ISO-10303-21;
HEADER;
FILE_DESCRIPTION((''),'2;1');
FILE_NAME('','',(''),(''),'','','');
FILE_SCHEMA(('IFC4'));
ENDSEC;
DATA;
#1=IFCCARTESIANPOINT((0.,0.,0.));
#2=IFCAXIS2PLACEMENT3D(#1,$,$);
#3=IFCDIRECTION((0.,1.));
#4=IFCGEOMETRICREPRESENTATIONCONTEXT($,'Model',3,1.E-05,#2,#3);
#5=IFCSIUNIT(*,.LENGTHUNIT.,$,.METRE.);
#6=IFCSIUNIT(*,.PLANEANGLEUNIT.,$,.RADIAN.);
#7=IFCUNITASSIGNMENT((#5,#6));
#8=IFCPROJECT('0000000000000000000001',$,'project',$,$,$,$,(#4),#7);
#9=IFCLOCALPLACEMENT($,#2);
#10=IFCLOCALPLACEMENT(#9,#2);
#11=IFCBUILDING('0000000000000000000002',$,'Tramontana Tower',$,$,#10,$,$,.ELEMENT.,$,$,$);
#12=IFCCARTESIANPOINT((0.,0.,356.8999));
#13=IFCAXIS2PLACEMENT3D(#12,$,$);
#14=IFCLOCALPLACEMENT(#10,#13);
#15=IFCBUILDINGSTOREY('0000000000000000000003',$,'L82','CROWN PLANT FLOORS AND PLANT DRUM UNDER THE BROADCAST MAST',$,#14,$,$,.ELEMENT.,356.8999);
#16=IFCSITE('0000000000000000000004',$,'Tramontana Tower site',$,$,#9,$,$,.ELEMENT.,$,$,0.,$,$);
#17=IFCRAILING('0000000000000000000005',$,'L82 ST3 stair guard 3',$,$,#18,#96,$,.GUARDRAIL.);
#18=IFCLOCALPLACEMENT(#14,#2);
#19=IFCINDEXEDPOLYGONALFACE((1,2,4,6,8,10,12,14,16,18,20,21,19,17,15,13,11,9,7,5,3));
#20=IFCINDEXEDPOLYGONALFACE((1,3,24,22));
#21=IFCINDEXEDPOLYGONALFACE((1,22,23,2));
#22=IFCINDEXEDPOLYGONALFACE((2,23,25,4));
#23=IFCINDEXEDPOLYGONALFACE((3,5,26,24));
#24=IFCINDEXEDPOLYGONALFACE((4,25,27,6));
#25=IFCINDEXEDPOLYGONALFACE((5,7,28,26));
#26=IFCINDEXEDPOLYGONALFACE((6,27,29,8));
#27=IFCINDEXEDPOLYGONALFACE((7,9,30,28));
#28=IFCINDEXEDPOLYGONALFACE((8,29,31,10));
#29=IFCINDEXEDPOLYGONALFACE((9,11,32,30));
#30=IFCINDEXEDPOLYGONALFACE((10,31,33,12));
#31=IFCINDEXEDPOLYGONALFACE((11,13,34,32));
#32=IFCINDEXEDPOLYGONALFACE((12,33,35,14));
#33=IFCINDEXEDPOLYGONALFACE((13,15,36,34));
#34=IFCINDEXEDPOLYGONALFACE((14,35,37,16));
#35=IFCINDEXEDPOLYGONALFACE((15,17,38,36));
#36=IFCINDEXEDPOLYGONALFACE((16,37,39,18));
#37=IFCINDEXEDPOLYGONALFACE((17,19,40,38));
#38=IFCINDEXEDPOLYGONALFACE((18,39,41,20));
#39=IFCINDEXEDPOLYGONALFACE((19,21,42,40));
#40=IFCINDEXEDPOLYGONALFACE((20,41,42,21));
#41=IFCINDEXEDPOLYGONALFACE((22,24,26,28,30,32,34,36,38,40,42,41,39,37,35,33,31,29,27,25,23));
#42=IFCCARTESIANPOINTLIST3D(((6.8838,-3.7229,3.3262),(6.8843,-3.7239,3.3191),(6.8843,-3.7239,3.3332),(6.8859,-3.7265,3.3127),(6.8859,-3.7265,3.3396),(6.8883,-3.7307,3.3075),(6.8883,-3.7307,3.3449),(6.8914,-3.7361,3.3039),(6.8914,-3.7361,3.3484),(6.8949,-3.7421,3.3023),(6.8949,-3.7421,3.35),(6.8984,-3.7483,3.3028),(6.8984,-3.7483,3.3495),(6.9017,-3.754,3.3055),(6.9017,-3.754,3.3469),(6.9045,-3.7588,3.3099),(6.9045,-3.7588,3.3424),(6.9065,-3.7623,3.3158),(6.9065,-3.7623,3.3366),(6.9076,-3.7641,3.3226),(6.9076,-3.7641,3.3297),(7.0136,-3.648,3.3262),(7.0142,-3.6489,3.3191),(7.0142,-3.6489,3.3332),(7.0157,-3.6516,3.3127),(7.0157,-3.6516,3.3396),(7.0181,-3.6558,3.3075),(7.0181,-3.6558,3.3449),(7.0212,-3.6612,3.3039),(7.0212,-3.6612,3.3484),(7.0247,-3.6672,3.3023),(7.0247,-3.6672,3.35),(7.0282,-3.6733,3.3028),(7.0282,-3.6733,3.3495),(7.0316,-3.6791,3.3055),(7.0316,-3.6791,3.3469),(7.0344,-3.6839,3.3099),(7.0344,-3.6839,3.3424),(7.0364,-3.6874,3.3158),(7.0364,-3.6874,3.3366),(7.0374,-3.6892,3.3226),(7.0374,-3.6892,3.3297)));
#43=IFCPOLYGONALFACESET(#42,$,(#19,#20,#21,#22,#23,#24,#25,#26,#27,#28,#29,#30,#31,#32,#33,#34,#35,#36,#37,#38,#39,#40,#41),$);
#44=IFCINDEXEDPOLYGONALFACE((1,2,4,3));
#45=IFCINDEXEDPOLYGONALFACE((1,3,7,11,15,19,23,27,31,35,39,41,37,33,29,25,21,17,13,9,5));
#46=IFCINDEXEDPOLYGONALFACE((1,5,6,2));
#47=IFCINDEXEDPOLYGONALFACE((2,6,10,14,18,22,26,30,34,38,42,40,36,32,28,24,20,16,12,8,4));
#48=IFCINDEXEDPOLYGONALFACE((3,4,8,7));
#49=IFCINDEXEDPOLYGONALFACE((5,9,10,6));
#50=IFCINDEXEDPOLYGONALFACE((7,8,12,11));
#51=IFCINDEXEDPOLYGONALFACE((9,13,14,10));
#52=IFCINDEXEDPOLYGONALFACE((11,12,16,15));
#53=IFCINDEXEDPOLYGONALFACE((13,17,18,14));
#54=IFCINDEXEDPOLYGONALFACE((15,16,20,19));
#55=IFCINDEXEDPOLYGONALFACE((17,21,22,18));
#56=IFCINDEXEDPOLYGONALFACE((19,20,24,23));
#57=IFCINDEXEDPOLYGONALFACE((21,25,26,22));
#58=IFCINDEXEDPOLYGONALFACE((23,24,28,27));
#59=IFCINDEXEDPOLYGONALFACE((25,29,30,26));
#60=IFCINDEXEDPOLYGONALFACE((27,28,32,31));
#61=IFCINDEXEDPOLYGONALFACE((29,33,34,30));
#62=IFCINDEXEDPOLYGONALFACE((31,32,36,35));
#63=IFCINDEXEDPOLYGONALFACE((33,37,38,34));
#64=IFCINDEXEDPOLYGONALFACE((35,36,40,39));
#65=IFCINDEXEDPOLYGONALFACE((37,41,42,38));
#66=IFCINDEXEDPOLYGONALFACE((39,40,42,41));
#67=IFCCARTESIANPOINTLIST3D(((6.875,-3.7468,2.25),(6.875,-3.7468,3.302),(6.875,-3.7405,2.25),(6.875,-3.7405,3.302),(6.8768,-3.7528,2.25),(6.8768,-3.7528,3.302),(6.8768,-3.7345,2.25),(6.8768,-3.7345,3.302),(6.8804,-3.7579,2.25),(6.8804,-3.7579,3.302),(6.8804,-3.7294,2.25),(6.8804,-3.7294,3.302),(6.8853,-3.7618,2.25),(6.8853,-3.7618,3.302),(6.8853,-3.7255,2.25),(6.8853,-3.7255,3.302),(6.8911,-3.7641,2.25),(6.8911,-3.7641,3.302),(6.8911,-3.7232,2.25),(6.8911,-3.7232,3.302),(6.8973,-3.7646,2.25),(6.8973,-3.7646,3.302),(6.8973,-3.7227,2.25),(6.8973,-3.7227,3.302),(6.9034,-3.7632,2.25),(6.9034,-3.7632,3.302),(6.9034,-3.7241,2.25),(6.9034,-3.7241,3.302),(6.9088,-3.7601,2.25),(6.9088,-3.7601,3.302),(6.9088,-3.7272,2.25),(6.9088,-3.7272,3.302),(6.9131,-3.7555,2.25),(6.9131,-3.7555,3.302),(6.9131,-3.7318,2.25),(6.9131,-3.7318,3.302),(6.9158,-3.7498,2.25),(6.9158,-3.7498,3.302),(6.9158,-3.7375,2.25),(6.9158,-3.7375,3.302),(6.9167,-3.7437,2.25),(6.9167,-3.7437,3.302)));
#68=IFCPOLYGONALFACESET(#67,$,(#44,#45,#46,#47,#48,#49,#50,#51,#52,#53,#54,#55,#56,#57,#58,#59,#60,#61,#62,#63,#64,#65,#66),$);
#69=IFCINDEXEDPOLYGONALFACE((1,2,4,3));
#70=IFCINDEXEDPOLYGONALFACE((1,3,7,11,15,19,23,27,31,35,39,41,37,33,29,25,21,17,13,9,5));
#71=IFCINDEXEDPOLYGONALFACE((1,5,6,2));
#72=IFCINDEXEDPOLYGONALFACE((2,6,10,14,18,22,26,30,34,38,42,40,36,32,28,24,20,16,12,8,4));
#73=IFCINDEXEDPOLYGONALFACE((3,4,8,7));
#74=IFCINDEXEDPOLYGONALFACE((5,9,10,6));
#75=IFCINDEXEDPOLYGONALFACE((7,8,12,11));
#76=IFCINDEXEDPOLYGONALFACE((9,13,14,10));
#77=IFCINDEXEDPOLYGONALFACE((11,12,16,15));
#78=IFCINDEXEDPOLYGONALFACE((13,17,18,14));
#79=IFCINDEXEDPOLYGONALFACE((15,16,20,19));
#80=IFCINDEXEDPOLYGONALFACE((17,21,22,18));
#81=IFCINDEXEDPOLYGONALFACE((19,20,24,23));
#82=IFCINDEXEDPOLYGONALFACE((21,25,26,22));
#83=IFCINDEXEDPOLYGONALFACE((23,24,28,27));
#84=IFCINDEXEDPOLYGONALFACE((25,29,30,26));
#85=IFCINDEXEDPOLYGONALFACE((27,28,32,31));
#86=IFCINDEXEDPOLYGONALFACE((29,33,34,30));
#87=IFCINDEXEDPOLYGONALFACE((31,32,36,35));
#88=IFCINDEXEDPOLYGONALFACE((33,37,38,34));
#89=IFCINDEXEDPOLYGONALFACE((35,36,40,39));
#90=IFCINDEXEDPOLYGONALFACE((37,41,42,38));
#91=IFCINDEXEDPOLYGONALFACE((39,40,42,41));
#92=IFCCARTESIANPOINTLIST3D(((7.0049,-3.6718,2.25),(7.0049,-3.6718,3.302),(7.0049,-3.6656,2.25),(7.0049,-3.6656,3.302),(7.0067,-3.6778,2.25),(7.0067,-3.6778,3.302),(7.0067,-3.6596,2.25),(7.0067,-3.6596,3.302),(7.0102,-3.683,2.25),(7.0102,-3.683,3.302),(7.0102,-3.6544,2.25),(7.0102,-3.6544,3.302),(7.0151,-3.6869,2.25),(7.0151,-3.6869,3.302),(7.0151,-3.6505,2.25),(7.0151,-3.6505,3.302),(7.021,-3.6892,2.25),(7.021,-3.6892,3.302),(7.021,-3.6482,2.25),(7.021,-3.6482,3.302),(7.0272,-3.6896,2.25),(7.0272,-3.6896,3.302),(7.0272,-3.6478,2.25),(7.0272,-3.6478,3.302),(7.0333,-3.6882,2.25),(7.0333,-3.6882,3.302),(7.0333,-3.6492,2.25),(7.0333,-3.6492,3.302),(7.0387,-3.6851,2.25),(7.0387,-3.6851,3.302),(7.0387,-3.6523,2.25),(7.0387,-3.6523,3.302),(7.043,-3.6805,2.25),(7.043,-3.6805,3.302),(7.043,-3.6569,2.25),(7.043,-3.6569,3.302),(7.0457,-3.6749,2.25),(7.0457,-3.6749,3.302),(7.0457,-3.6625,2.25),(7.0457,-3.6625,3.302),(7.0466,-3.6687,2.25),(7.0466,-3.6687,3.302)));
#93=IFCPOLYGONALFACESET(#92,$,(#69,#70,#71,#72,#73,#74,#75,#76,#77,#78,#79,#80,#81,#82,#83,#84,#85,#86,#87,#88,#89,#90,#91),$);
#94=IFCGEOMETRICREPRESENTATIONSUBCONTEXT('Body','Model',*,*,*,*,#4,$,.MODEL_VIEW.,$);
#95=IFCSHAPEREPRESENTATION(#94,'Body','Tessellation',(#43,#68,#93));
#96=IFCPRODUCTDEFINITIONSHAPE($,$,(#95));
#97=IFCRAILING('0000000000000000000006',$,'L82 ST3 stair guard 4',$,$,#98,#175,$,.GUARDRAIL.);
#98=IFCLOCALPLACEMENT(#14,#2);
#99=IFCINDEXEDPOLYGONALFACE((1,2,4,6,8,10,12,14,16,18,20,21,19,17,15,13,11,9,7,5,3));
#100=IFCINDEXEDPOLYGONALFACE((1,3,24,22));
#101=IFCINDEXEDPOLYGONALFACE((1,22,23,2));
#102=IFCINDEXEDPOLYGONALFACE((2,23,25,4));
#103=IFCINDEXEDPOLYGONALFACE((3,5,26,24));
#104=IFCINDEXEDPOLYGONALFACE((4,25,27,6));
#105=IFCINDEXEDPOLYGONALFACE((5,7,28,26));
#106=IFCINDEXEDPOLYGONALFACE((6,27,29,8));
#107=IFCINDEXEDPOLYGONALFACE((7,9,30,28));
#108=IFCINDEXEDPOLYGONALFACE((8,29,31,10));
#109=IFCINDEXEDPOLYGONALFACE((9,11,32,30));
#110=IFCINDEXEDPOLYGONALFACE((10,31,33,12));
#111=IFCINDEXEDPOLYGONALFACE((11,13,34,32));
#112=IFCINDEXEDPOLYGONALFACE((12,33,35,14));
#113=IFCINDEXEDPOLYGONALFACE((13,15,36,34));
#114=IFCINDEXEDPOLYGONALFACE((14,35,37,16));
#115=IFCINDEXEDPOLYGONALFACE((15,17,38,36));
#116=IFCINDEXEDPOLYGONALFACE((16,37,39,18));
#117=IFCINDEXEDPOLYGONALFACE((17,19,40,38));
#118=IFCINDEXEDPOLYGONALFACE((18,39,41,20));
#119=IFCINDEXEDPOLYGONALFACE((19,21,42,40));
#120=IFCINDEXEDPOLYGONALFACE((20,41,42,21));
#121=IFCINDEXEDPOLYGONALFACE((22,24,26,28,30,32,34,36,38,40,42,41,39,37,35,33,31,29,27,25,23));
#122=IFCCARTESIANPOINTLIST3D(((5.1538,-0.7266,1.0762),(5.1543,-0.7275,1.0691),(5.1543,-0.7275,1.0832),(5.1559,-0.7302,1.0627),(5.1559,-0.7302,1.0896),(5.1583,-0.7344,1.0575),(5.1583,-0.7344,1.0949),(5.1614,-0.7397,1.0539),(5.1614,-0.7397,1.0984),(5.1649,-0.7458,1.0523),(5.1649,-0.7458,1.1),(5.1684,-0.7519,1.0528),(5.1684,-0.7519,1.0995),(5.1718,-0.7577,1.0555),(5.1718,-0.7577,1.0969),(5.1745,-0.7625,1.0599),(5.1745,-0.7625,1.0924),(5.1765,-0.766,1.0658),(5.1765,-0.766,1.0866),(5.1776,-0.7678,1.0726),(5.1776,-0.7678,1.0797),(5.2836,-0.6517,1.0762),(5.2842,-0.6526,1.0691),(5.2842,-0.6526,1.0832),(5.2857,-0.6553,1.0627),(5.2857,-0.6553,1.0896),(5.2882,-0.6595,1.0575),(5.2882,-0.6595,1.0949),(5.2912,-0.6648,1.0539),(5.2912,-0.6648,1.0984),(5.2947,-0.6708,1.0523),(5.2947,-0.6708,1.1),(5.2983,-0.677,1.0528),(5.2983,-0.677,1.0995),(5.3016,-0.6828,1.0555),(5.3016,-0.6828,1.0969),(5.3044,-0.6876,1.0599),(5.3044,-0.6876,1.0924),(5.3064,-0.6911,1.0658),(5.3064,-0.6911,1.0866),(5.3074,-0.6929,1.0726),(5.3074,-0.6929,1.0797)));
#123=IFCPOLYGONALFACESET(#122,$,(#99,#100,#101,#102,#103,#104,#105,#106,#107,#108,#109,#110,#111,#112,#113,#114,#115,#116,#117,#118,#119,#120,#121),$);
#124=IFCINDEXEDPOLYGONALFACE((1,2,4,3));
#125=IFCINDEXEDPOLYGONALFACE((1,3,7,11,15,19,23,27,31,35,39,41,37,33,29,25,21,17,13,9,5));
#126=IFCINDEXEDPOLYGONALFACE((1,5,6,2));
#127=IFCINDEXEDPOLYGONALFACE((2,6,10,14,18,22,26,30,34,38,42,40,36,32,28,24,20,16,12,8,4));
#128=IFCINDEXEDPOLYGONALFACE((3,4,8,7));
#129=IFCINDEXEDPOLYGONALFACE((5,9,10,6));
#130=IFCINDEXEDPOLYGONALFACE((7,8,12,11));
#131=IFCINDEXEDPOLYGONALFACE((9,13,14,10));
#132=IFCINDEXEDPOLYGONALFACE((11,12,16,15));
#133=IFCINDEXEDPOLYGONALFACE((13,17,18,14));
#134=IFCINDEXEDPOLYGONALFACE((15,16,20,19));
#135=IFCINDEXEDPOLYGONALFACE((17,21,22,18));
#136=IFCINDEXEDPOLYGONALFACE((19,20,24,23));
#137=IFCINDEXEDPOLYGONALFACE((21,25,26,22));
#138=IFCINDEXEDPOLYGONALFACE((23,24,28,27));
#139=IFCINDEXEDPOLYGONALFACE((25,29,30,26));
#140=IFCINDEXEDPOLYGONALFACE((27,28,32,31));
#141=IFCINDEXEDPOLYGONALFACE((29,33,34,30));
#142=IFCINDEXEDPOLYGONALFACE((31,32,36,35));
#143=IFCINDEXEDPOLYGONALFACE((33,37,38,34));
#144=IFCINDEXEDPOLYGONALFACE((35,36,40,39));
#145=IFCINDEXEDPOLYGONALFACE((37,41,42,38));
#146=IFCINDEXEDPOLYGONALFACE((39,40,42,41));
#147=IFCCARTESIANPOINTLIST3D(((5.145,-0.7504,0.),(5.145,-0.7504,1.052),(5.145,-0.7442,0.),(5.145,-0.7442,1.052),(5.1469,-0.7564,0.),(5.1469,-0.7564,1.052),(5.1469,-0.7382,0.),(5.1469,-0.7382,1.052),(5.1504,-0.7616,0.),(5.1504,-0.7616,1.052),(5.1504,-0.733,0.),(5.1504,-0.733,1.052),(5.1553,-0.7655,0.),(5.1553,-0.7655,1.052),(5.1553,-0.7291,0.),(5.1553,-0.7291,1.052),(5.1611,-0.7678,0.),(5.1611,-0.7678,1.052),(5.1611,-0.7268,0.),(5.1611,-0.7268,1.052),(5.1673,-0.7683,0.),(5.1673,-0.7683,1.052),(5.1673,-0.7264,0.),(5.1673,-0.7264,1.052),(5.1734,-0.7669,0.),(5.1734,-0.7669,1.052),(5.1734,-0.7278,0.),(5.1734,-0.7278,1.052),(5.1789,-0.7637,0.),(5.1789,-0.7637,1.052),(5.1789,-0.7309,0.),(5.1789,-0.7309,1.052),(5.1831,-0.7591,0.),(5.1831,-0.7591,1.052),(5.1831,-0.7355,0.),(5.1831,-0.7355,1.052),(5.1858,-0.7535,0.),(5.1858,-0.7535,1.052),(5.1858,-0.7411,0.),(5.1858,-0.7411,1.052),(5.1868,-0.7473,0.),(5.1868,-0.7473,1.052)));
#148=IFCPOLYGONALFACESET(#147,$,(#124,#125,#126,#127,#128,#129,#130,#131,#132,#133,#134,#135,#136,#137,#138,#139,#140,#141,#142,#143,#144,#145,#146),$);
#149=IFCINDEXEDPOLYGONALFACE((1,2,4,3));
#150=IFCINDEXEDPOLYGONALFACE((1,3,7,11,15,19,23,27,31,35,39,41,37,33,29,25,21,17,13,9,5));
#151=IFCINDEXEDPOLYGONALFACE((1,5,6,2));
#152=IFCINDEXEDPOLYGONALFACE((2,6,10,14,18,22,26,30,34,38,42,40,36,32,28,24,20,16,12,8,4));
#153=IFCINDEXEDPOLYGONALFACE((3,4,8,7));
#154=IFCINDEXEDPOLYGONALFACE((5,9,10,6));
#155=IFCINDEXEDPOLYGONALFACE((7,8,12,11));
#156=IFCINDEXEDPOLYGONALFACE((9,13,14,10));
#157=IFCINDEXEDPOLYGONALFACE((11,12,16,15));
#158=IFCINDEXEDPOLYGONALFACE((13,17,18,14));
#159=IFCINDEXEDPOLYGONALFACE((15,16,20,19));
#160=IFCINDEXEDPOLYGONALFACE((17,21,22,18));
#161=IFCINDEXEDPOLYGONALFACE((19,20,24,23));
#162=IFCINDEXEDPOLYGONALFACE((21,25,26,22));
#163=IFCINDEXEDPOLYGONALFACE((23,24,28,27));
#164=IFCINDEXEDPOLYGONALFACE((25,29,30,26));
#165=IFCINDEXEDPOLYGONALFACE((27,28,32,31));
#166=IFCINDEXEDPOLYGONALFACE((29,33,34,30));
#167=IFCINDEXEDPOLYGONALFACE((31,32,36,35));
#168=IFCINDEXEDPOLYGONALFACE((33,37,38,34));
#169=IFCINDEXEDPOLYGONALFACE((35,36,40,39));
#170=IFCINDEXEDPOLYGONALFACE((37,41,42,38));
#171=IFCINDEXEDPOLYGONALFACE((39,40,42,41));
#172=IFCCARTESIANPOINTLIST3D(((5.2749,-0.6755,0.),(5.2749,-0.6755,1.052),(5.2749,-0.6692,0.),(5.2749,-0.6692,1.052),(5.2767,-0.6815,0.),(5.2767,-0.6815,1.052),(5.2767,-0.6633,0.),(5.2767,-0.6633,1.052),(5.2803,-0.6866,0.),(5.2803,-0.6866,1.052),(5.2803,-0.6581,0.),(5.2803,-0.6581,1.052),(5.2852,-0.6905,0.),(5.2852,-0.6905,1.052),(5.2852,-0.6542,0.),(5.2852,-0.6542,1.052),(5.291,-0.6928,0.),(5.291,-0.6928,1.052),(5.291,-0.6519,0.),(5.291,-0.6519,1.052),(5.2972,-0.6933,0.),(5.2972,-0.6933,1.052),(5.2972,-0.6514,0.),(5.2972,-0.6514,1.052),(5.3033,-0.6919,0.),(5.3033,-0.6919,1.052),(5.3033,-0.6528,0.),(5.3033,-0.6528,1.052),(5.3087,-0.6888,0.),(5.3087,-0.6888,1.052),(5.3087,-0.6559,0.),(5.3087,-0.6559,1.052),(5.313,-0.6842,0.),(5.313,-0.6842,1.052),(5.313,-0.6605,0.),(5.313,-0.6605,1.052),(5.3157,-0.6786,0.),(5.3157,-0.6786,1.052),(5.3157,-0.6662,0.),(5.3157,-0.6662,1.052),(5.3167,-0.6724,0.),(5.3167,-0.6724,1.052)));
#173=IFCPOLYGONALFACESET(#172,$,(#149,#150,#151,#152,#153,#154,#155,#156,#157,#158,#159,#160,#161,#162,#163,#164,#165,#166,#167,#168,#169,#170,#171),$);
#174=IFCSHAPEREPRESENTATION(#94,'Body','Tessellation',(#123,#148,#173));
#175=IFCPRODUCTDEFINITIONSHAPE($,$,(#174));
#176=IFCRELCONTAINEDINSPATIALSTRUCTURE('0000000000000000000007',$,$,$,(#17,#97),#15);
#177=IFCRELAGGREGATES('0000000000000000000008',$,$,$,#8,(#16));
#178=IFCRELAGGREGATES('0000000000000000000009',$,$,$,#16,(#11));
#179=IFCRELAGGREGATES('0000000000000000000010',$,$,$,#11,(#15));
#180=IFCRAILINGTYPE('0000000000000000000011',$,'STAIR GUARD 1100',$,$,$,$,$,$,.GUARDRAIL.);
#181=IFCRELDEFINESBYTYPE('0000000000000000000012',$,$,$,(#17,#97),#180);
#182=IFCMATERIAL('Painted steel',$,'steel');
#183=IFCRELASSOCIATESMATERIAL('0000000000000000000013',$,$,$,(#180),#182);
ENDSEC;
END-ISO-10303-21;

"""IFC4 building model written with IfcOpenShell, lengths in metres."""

from ifc_helpers import new_model, si_unit, direction, frame, origin, origin_2d, place, context, subcontext, project, spatial, circle, extrude, material, type_object, element, save


model = new_model("IFC4")

# Units and contexts
model_context = context("Model", 3, precision=1e-05, world=origin(), true_north=direction((0.0, 1.0)))
body_context = subcontext(model_context, "Body", "Model", "MODEL_VIEW")
ifc_project = project(units=[si_unit("LENGTHUNIT", "METRE"), si_unit("PLANEANGLEUNIT", "RADIAN")], contexts=[model_context])

# Site, building, storey
site_placement = place(None, origin())
site = spatial("IfcSite", under=ifc_project, at=site_placement, Name="Tramontana Tower site", CompositionType="ELEMENT", RefElevation=0.0)
building_placement = place(site_placement, origin())
building = spatial("IfcBuilding", under=site, at=building_placement, Name="Tramontana Tower", CompositionType="ELEMENT")
storey_placement = place(building_placement, frame((0.0, 0.0, 356.8999)))
storey = spatial("IfcBuildingStorey", under=building, at=storey_placement, Name="L82", Description="CROWN PLANT FLOORS AND PLANT DRUM UNDER THE BROADCAST MAST", CompositionType="ELEMENT", Elevation=356.8999)

# Railings
ifc_material_1 = material(Name="Painted steel", Category="steel")
railing_type_1 = type_object("IfcRailingType", Name="STAIR GUARD 1100", PredefinedType="GUARDRAIL", material=ifc_material_1)
for number, where, name in (
    (1, (6.8958, -3.7437, 2.25), "L82 ST3 stair guard 3"),
    (2, (5.1658, -0.7473, 0.0), "L82 ST3 stair guard 4"),
):
    element("IfcRailing", number, at=place(storey_placement, frame(where)), inside=storey, type_object=railing_type_1, Name=name, PredefinedType="GUARDRAIL", context=body_context, shape_type="SweptSolid", body=[
        extrude(circle(Radius=0.0239, at=origin_2d()), frame((0.0, 0.0, 1.0762), z_axis=(0.866131, 0.499816, 0.0), x_axis=(-0.499816, 0.866131, 0.0)), (0.0, 0.0, 1.0), 0.1499),
        extrude(circle(Radius=0.021, at=origin_2d()), origin(), (0.0, 0.0, 1.0), 1.052),
        extrude(circle(Radius=0.021, at=origin_2d()), frame((0.1299, 0.075, 0.0)), (0.0, 0.0, 1.0), 1.052),
    ])

save(model, "model.ifc")
